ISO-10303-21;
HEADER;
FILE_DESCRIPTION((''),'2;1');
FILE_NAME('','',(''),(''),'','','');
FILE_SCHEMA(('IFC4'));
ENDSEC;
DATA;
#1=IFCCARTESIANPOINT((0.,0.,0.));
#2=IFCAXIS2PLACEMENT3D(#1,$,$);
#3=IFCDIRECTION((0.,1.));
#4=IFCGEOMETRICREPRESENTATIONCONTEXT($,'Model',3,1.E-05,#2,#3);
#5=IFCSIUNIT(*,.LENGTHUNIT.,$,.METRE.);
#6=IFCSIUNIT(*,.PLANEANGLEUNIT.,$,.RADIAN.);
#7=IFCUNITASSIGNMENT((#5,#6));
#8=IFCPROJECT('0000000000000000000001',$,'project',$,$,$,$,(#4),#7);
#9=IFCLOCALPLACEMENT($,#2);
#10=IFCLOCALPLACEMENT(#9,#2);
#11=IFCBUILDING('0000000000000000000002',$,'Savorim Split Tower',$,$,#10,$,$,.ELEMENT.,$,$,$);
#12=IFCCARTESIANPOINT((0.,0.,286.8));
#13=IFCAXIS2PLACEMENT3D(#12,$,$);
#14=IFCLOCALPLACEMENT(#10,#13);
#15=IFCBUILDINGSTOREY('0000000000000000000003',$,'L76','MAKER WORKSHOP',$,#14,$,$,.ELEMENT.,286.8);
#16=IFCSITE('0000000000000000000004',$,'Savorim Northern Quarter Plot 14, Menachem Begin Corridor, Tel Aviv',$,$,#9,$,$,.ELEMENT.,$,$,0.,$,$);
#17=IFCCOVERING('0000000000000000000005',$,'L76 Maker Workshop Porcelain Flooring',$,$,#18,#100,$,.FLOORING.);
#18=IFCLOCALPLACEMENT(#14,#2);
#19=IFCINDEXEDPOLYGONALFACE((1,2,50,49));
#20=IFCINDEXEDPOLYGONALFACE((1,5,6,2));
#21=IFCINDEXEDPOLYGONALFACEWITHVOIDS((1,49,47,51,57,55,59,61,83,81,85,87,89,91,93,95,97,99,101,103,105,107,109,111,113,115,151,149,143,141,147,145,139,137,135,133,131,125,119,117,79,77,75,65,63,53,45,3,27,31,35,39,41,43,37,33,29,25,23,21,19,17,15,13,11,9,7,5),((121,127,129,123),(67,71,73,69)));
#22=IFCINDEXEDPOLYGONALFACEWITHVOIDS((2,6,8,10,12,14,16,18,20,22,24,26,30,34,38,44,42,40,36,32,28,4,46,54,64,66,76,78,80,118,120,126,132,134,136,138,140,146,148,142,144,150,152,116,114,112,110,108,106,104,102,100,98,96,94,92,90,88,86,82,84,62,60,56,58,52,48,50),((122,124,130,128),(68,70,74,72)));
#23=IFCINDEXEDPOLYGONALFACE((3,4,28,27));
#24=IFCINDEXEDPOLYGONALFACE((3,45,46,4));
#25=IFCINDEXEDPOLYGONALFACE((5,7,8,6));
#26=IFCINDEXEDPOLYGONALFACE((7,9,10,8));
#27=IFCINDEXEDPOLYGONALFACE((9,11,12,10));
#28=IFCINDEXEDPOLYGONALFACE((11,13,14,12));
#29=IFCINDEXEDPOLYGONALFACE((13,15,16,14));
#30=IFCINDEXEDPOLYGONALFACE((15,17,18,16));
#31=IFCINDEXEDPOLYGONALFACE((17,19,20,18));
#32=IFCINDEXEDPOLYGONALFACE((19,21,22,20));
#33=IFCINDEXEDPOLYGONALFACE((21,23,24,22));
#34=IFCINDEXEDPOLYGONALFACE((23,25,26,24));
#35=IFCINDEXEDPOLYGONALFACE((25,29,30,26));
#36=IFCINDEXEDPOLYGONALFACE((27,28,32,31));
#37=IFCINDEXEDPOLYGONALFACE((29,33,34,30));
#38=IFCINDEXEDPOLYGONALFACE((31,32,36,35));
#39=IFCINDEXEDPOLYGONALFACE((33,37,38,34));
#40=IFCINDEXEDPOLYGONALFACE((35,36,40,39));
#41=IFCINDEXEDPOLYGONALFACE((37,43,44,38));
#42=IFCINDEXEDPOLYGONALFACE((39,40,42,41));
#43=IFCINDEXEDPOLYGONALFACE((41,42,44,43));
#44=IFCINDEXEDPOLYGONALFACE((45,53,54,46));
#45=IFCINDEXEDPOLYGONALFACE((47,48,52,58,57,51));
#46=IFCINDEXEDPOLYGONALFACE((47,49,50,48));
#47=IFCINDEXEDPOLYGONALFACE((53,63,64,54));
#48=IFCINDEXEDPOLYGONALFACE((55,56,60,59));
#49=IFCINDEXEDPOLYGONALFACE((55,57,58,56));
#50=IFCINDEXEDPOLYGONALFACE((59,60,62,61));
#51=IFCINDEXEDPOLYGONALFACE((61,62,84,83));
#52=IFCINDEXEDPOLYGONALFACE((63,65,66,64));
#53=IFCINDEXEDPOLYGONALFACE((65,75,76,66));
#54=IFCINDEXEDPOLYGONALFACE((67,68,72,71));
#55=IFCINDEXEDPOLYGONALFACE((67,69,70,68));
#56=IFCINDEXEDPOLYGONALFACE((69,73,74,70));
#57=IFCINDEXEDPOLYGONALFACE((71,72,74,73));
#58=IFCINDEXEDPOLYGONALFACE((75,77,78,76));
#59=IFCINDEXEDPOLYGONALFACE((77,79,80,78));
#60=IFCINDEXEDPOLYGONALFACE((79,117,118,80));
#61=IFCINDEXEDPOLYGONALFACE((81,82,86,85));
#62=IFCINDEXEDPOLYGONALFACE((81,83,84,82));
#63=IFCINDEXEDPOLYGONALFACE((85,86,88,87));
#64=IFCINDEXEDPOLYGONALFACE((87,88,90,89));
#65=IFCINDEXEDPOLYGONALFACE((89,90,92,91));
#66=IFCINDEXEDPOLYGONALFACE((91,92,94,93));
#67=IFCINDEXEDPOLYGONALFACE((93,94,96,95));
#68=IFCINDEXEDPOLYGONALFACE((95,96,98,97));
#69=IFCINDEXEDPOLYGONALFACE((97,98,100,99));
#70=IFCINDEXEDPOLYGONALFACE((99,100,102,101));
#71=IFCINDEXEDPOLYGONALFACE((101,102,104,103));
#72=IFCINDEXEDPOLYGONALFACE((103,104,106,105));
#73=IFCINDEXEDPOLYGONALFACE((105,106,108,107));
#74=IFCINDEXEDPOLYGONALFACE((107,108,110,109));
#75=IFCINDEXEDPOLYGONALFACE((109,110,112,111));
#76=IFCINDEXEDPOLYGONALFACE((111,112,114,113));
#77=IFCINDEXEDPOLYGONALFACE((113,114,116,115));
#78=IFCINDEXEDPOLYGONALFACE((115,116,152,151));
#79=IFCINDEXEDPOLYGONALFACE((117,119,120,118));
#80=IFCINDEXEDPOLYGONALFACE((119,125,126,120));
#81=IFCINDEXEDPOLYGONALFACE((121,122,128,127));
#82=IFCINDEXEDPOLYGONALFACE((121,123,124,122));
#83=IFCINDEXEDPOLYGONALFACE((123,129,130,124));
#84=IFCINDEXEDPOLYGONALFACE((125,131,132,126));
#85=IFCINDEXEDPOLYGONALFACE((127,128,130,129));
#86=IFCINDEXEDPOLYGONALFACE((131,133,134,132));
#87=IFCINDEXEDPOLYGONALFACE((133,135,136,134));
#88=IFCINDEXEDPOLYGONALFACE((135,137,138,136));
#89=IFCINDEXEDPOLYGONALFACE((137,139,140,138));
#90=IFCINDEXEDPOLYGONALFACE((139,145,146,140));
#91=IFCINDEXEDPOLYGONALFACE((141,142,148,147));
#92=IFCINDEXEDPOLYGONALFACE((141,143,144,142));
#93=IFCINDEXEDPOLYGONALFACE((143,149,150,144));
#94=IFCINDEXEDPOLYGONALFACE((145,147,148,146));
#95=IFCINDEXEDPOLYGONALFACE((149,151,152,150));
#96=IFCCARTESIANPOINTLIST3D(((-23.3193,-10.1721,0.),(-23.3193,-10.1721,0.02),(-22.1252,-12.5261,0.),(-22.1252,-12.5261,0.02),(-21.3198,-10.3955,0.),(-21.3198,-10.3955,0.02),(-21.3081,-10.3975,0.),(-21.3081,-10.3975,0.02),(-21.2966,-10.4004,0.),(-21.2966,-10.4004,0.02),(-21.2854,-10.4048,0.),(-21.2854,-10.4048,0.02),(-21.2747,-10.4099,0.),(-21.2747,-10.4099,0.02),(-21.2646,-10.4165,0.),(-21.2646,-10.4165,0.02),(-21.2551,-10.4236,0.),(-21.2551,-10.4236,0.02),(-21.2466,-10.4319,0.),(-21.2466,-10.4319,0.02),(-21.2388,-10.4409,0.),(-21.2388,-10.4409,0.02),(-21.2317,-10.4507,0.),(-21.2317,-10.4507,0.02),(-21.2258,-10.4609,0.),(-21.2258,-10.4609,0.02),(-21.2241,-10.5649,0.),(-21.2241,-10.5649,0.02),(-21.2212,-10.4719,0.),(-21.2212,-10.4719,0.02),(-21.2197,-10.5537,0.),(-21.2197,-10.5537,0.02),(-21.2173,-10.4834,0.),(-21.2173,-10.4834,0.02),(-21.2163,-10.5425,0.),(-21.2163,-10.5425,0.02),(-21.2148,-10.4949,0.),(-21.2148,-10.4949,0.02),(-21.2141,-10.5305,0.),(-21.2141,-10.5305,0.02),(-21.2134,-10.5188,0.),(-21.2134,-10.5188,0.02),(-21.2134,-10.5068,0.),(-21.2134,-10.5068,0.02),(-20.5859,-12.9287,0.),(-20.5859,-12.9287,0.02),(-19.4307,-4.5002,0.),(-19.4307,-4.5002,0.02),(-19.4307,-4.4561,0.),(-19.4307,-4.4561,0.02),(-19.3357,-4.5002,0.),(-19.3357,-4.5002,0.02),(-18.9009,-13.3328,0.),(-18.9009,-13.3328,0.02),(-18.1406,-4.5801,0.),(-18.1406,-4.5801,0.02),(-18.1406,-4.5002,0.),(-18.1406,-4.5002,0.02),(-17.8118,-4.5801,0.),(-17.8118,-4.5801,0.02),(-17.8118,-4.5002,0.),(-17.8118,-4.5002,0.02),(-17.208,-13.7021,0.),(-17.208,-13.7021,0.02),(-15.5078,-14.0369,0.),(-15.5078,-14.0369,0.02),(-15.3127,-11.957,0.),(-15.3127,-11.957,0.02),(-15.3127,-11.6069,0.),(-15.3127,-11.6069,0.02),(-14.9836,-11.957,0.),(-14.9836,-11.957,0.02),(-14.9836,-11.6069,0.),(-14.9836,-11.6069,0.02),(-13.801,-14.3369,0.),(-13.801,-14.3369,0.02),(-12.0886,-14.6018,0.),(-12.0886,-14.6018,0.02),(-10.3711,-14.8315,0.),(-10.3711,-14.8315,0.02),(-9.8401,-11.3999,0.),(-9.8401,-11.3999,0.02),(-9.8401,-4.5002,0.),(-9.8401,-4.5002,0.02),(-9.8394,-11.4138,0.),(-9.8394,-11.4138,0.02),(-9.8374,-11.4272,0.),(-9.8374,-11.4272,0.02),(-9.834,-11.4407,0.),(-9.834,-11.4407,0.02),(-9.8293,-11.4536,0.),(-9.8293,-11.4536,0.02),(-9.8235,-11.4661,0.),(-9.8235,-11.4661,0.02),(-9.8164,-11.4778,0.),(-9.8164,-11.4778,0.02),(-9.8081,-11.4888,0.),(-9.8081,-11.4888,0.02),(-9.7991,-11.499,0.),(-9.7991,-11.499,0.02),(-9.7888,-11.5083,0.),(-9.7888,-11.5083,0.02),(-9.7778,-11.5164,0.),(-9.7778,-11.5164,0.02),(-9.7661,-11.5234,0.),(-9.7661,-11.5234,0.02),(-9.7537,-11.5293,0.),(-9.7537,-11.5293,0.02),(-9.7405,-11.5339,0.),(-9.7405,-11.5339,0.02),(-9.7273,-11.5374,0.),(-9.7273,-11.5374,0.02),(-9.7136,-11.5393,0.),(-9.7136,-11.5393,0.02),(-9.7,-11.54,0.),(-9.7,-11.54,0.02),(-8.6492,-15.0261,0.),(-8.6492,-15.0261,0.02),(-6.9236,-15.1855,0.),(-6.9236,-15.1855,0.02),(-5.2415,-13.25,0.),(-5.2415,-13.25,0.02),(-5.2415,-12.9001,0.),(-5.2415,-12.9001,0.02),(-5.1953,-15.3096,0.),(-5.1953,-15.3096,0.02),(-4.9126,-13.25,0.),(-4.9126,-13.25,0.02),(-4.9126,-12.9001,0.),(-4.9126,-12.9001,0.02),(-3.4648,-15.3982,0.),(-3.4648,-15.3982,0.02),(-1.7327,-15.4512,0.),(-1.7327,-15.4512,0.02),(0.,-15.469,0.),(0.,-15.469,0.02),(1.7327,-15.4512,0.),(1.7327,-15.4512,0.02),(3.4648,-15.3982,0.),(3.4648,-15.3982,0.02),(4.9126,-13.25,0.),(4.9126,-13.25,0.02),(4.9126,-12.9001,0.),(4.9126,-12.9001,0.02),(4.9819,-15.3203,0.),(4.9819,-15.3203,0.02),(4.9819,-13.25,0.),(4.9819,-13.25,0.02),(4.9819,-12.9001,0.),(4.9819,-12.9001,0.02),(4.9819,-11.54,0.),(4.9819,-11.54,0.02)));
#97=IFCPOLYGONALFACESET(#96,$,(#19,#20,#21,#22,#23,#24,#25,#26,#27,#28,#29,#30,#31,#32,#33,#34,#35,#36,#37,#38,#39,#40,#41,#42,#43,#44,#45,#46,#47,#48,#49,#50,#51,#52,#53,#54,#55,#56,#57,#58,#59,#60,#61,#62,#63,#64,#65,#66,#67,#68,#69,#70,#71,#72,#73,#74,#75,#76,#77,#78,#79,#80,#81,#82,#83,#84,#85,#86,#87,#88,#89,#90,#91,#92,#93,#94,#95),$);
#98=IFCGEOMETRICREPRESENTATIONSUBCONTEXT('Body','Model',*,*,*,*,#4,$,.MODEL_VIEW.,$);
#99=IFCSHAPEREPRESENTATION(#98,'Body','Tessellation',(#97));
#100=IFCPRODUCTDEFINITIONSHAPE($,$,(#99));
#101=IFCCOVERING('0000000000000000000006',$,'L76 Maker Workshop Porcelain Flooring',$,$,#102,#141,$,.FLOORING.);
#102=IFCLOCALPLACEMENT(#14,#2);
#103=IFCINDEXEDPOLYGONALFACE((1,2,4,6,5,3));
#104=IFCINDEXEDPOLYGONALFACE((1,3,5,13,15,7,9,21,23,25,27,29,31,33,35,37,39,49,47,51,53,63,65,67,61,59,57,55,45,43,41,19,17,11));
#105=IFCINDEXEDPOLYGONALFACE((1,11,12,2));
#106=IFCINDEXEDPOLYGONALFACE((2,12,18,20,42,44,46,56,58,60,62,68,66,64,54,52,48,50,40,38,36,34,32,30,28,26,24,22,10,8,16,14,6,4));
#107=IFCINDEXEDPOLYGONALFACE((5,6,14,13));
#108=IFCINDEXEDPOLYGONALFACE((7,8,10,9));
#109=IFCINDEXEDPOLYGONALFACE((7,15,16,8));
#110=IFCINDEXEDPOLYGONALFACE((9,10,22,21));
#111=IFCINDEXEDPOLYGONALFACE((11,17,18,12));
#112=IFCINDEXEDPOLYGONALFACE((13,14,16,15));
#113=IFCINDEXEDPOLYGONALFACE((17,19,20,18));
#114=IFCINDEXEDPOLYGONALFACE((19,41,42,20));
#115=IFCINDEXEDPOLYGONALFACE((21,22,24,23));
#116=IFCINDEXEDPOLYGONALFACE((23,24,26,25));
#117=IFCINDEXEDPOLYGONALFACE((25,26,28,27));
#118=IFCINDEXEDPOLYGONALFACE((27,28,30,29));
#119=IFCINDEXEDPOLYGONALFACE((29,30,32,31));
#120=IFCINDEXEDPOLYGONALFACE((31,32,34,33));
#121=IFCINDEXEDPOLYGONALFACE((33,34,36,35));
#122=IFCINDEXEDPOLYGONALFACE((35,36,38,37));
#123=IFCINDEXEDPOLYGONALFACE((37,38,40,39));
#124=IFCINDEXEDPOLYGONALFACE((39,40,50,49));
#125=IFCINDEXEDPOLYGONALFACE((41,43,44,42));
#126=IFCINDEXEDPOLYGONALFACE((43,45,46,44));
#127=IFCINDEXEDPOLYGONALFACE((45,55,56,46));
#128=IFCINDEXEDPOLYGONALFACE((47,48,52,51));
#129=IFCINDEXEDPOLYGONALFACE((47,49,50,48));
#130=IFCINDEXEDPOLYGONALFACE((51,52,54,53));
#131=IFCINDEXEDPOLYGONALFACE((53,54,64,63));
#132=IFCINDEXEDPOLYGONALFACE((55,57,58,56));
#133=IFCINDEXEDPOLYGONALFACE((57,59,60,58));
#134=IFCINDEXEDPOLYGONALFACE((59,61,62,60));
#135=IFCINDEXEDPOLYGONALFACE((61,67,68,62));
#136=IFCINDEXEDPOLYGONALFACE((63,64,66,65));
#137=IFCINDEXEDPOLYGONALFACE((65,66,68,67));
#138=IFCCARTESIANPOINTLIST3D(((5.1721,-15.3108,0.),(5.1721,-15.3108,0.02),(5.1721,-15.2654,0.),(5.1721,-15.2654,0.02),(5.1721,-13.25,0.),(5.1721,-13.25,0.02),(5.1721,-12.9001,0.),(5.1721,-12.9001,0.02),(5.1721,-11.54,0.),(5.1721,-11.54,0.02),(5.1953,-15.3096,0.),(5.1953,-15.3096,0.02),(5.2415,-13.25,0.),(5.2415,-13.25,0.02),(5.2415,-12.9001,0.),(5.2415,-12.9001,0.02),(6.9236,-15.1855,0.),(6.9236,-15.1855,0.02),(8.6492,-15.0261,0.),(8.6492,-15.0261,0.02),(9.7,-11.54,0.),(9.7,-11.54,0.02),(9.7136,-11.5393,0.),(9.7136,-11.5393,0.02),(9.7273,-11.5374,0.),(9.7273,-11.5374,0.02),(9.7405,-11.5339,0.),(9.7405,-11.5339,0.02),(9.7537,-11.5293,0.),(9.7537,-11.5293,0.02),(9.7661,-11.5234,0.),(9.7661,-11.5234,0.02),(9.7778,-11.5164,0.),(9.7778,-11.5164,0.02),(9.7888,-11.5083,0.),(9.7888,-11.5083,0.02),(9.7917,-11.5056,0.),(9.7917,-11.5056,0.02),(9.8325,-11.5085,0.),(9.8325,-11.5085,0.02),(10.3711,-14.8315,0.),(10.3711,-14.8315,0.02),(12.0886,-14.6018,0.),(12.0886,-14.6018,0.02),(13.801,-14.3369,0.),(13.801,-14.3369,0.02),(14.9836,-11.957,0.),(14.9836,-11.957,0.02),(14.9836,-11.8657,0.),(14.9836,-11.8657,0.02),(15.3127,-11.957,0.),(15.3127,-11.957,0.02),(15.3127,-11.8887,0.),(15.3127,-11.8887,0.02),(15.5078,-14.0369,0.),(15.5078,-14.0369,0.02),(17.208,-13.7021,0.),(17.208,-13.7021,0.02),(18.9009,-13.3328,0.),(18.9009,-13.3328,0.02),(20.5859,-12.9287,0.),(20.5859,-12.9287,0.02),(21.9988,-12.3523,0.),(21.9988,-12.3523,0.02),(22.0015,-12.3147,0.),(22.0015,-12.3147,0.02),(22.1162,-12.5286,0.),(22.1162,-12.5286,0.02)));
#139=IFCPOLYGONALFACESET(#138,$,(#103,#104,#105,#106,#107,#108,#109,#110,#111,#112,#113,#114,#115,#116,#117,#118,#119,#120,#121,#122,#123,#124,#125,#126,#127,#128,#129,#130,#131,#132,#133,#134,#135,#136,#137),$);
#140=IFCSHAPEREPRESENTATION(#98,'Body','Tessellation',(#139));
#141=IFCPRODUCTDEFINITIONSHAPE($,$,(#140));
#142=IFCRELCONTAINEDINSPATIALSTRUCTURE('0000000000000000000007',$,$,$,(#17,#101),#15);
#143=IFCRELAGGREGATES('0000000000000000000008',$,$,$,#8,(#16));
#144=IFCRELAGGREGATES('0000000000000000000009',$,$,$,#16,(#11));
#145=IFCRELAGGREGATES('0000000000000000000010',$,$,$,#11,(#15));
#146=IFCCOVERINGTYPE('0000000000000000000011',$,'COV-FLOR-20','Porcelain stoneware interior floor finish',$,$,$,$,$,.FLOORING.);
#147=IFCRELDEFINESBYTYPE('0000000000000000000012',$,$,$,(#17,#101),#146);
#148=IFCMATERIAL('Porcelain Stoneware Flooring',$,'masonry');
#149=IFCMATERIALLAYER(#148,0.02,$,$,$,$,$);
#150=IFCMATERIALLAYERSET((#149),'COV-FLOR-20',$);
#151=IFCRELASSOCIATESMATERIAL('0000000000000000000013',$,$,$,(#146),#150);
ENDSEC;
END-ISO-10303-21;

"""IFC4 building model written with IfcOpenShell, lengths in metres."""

from ifc_helpers import new_model, si_unit, direction, frame, origin, place, context, subcontext, project, spatial, polyline, outline, extrude, material, layer, layer_set, type_object, element, save


model = new_model("IFC4")

# Units and contexts
model_context = context("Model", 3, precision=1e-05, world=origin(), true_north=direction((0.0, 1.0)))
body_context = subcontext(model_context, "Body", "Model", "MODEL_VIEW")
ifc_project = project(units=[si_unit("LENGTHUNIT", "METRE"), si_unit("PLANEANGLEUNIT", "RADIAN")], contexts=[model_context])

# Site, building, storey
site_placement = place(None, origin())
site = spatial("IfcSite", under=ifc_project, at=site_placement, Name="Savorim Northern Quarter Plot 14, Menachem Begin Corridor, Tel Aviv", CompositionType="ELEMENT", RefElevation=0.0)
building_placement = place(site_placement, origin())
building = spatial("IfcBuilding", under=site, at=building_placement, Name="Savorim Split Tower", CompositionType="ELEMENT")
storey_placement = place(building_placement, frame((0.0, 0.0, 286.8)))
storey = spatial("IfcBuildingStorey", under=building, at=storey_placement, Name="L76", Description="MAKER WORKSHOP", CompositionType="ELEMENT", Elevation=286.8)

# Coverings
ifc_material_1 = material(Name="Porcelain Stoneware Flooring", Category="masonry")
ifc_layer_1 = layer(ifc_material_1, 0.02)
ifc_layer_set_1 = layer_set([ifc_layer_1], Name="COV-FLOR-20")
covering_type_1 = type_object("IfcCoveringType", Name="COV-FLOR-20", Description="Porcelain stoneware interior floor finish", PredefinedType="FLOORING", material=ifc_layer_set_1)
covering_1_placement = place(storey_placement, origin())
element("IfcCovering", 1, at=covering_1_placement, inside=storey, type_object=covering_type_1, Name="L76 Maker Workshop Porcelain Flooring", PredefinedType="FLOORING", context=body_context, shape_type="SweptSolid", body=[
    extrude(outline(polyline([(-21.2134, -10.5068), (-21.2134, -10.5188), (-21.2141, -10.5305), (-21.2163, -10.5425), (-21.2197, -10.5537), (-21.2241, -10.5649), (-22.1252, -12.5261), (-20.5859, -12.9287), (-18.9009, -13.3328), (-17.208, -13.7021), (-15.5078, -14.0369), (-13.801, -14.3369), (-12.0886, -14.6018), (-10.3711, -14.8315), (-8.6492, -15.0261), (-6.9236, -15.1855), (-5.1953, -15.3096), (-3.4648, -15.3982), (-1.7327, -15.4512), (0.0, -15.469), (1.7327, -15.4512), (3.4648, -15.3982), (4.9819, -15.3203), (4.9819, -13.25), (4.9126, -13.25), (4.9126, -12.9001), (4.9819, -12.9001), (4.9819, -11.54), (-9.7, -11.54), (-9.7136, -11.5393), (-9.7273, -11.5374), (-9.7405, -11.5339), (-9.7537, -11.5293), (-9.7661, -11.5234), (-9.7778, -11.5164), (-9.7888, -11.5083), (-9.7991, -11.499), (-9.8081, -11.4888), (-9.8164, -11.4778), (-9.8235, -11.4661), (-9.8293, -11.4536), (-9.834, -11.4407), (-9.8374, -11.4272), (-9.8394, -11.4138), (-9.8401, -11.3999), (-9.8401, -4.5002), (-17.8118, -4.5002), (-17.8118, -4.5801), (-18.1406, -4.5801), (-18.1406, -4.5002), (-19.3357, -4.5002), (-19.4307, -4.5002), (-19.4307, -4.4561), (-23.3193, -10.1721), (-21.3198, -10.3955), (-21.3081, -10.3975), (-21.2966, -10.4004), (-21.2854, -10.4048), (-21.2747, -10.4099), (-21.2646, -10.4165), (-21.2551, -10.4236), (-21.2466, -10.4319), (-21.2388, -10.4409), (-21.2317, -10.4507), (-21.2258, -10.4609), (-21.2212, -10.4719), (-21.2173, -10.4834), (-21.2148, -10.4949), (-21.2134, -10.5068)]), holes=[polyline([(-15.3127, -11.957), (-14.9836, -11.957), (-14.9836, -11.6069), (-15.3127, -11.6069), (-15.3127, -11.957)]), polyline([(-5.2415, -13.25), (-4.9126, -13.25), (-4.9126, -12.9001), (-5.2415, -12.9001), (-5.2415, -13.25)])]), origin(), (0.0, 0.0, 1.0), 0.02),
])
covering_2_placement = place(storey_placement, origin())
element("IfcCovering", 2, at=covering_2_placement, inside=storey, type_object=covering_type_1, Name="L76 Maker Workshop Porcelain Flooring", PredefinedType="FLOORING", context=body_context, shape_type="SweptSolid", body=[
    extrude(outline(polyline([(17.208, -13.7021), (18.9009, -13.3328), (20.5859, -12.9287), (22.1162, -12.5286), (22.0015, -12.3147), (21.9988, -12.3523), (15.3127, -11.8887), (15.3127, -11.957), (14.9836, -11.957), (14.9836, -11.8657), (9.8325, -11.5085), (9.7917, -11.5056), (9.7888, -11.5083), (9.7778, -11.5164), (9.7661, -11.5234), (9.7537, -11.5293), (9.7405, -11.5339), (9.7273, -11.5374), (9.7136, -11.5393), (9.7, -11.54), (5.1721, -11.54), (5.1721, -12.9001), (5.2415, -12.9001), (5.2415, -13.25), (5.1721, -13.25), (5.1721, -15.2654), (5.1721, -15.3108), (5.1953, -15.3096), (6.9236, -15.1855), (8.6492, -15.0261), (10.3711, -14.8315), (12.0886, -14.6018), (13.801, -14.3369), (15.5078, -14.0369), (17.208, -13.7021)])), origin(), (0.0, 0.0, 1.0), 0.02),
])

save(model, "model.ifc")
